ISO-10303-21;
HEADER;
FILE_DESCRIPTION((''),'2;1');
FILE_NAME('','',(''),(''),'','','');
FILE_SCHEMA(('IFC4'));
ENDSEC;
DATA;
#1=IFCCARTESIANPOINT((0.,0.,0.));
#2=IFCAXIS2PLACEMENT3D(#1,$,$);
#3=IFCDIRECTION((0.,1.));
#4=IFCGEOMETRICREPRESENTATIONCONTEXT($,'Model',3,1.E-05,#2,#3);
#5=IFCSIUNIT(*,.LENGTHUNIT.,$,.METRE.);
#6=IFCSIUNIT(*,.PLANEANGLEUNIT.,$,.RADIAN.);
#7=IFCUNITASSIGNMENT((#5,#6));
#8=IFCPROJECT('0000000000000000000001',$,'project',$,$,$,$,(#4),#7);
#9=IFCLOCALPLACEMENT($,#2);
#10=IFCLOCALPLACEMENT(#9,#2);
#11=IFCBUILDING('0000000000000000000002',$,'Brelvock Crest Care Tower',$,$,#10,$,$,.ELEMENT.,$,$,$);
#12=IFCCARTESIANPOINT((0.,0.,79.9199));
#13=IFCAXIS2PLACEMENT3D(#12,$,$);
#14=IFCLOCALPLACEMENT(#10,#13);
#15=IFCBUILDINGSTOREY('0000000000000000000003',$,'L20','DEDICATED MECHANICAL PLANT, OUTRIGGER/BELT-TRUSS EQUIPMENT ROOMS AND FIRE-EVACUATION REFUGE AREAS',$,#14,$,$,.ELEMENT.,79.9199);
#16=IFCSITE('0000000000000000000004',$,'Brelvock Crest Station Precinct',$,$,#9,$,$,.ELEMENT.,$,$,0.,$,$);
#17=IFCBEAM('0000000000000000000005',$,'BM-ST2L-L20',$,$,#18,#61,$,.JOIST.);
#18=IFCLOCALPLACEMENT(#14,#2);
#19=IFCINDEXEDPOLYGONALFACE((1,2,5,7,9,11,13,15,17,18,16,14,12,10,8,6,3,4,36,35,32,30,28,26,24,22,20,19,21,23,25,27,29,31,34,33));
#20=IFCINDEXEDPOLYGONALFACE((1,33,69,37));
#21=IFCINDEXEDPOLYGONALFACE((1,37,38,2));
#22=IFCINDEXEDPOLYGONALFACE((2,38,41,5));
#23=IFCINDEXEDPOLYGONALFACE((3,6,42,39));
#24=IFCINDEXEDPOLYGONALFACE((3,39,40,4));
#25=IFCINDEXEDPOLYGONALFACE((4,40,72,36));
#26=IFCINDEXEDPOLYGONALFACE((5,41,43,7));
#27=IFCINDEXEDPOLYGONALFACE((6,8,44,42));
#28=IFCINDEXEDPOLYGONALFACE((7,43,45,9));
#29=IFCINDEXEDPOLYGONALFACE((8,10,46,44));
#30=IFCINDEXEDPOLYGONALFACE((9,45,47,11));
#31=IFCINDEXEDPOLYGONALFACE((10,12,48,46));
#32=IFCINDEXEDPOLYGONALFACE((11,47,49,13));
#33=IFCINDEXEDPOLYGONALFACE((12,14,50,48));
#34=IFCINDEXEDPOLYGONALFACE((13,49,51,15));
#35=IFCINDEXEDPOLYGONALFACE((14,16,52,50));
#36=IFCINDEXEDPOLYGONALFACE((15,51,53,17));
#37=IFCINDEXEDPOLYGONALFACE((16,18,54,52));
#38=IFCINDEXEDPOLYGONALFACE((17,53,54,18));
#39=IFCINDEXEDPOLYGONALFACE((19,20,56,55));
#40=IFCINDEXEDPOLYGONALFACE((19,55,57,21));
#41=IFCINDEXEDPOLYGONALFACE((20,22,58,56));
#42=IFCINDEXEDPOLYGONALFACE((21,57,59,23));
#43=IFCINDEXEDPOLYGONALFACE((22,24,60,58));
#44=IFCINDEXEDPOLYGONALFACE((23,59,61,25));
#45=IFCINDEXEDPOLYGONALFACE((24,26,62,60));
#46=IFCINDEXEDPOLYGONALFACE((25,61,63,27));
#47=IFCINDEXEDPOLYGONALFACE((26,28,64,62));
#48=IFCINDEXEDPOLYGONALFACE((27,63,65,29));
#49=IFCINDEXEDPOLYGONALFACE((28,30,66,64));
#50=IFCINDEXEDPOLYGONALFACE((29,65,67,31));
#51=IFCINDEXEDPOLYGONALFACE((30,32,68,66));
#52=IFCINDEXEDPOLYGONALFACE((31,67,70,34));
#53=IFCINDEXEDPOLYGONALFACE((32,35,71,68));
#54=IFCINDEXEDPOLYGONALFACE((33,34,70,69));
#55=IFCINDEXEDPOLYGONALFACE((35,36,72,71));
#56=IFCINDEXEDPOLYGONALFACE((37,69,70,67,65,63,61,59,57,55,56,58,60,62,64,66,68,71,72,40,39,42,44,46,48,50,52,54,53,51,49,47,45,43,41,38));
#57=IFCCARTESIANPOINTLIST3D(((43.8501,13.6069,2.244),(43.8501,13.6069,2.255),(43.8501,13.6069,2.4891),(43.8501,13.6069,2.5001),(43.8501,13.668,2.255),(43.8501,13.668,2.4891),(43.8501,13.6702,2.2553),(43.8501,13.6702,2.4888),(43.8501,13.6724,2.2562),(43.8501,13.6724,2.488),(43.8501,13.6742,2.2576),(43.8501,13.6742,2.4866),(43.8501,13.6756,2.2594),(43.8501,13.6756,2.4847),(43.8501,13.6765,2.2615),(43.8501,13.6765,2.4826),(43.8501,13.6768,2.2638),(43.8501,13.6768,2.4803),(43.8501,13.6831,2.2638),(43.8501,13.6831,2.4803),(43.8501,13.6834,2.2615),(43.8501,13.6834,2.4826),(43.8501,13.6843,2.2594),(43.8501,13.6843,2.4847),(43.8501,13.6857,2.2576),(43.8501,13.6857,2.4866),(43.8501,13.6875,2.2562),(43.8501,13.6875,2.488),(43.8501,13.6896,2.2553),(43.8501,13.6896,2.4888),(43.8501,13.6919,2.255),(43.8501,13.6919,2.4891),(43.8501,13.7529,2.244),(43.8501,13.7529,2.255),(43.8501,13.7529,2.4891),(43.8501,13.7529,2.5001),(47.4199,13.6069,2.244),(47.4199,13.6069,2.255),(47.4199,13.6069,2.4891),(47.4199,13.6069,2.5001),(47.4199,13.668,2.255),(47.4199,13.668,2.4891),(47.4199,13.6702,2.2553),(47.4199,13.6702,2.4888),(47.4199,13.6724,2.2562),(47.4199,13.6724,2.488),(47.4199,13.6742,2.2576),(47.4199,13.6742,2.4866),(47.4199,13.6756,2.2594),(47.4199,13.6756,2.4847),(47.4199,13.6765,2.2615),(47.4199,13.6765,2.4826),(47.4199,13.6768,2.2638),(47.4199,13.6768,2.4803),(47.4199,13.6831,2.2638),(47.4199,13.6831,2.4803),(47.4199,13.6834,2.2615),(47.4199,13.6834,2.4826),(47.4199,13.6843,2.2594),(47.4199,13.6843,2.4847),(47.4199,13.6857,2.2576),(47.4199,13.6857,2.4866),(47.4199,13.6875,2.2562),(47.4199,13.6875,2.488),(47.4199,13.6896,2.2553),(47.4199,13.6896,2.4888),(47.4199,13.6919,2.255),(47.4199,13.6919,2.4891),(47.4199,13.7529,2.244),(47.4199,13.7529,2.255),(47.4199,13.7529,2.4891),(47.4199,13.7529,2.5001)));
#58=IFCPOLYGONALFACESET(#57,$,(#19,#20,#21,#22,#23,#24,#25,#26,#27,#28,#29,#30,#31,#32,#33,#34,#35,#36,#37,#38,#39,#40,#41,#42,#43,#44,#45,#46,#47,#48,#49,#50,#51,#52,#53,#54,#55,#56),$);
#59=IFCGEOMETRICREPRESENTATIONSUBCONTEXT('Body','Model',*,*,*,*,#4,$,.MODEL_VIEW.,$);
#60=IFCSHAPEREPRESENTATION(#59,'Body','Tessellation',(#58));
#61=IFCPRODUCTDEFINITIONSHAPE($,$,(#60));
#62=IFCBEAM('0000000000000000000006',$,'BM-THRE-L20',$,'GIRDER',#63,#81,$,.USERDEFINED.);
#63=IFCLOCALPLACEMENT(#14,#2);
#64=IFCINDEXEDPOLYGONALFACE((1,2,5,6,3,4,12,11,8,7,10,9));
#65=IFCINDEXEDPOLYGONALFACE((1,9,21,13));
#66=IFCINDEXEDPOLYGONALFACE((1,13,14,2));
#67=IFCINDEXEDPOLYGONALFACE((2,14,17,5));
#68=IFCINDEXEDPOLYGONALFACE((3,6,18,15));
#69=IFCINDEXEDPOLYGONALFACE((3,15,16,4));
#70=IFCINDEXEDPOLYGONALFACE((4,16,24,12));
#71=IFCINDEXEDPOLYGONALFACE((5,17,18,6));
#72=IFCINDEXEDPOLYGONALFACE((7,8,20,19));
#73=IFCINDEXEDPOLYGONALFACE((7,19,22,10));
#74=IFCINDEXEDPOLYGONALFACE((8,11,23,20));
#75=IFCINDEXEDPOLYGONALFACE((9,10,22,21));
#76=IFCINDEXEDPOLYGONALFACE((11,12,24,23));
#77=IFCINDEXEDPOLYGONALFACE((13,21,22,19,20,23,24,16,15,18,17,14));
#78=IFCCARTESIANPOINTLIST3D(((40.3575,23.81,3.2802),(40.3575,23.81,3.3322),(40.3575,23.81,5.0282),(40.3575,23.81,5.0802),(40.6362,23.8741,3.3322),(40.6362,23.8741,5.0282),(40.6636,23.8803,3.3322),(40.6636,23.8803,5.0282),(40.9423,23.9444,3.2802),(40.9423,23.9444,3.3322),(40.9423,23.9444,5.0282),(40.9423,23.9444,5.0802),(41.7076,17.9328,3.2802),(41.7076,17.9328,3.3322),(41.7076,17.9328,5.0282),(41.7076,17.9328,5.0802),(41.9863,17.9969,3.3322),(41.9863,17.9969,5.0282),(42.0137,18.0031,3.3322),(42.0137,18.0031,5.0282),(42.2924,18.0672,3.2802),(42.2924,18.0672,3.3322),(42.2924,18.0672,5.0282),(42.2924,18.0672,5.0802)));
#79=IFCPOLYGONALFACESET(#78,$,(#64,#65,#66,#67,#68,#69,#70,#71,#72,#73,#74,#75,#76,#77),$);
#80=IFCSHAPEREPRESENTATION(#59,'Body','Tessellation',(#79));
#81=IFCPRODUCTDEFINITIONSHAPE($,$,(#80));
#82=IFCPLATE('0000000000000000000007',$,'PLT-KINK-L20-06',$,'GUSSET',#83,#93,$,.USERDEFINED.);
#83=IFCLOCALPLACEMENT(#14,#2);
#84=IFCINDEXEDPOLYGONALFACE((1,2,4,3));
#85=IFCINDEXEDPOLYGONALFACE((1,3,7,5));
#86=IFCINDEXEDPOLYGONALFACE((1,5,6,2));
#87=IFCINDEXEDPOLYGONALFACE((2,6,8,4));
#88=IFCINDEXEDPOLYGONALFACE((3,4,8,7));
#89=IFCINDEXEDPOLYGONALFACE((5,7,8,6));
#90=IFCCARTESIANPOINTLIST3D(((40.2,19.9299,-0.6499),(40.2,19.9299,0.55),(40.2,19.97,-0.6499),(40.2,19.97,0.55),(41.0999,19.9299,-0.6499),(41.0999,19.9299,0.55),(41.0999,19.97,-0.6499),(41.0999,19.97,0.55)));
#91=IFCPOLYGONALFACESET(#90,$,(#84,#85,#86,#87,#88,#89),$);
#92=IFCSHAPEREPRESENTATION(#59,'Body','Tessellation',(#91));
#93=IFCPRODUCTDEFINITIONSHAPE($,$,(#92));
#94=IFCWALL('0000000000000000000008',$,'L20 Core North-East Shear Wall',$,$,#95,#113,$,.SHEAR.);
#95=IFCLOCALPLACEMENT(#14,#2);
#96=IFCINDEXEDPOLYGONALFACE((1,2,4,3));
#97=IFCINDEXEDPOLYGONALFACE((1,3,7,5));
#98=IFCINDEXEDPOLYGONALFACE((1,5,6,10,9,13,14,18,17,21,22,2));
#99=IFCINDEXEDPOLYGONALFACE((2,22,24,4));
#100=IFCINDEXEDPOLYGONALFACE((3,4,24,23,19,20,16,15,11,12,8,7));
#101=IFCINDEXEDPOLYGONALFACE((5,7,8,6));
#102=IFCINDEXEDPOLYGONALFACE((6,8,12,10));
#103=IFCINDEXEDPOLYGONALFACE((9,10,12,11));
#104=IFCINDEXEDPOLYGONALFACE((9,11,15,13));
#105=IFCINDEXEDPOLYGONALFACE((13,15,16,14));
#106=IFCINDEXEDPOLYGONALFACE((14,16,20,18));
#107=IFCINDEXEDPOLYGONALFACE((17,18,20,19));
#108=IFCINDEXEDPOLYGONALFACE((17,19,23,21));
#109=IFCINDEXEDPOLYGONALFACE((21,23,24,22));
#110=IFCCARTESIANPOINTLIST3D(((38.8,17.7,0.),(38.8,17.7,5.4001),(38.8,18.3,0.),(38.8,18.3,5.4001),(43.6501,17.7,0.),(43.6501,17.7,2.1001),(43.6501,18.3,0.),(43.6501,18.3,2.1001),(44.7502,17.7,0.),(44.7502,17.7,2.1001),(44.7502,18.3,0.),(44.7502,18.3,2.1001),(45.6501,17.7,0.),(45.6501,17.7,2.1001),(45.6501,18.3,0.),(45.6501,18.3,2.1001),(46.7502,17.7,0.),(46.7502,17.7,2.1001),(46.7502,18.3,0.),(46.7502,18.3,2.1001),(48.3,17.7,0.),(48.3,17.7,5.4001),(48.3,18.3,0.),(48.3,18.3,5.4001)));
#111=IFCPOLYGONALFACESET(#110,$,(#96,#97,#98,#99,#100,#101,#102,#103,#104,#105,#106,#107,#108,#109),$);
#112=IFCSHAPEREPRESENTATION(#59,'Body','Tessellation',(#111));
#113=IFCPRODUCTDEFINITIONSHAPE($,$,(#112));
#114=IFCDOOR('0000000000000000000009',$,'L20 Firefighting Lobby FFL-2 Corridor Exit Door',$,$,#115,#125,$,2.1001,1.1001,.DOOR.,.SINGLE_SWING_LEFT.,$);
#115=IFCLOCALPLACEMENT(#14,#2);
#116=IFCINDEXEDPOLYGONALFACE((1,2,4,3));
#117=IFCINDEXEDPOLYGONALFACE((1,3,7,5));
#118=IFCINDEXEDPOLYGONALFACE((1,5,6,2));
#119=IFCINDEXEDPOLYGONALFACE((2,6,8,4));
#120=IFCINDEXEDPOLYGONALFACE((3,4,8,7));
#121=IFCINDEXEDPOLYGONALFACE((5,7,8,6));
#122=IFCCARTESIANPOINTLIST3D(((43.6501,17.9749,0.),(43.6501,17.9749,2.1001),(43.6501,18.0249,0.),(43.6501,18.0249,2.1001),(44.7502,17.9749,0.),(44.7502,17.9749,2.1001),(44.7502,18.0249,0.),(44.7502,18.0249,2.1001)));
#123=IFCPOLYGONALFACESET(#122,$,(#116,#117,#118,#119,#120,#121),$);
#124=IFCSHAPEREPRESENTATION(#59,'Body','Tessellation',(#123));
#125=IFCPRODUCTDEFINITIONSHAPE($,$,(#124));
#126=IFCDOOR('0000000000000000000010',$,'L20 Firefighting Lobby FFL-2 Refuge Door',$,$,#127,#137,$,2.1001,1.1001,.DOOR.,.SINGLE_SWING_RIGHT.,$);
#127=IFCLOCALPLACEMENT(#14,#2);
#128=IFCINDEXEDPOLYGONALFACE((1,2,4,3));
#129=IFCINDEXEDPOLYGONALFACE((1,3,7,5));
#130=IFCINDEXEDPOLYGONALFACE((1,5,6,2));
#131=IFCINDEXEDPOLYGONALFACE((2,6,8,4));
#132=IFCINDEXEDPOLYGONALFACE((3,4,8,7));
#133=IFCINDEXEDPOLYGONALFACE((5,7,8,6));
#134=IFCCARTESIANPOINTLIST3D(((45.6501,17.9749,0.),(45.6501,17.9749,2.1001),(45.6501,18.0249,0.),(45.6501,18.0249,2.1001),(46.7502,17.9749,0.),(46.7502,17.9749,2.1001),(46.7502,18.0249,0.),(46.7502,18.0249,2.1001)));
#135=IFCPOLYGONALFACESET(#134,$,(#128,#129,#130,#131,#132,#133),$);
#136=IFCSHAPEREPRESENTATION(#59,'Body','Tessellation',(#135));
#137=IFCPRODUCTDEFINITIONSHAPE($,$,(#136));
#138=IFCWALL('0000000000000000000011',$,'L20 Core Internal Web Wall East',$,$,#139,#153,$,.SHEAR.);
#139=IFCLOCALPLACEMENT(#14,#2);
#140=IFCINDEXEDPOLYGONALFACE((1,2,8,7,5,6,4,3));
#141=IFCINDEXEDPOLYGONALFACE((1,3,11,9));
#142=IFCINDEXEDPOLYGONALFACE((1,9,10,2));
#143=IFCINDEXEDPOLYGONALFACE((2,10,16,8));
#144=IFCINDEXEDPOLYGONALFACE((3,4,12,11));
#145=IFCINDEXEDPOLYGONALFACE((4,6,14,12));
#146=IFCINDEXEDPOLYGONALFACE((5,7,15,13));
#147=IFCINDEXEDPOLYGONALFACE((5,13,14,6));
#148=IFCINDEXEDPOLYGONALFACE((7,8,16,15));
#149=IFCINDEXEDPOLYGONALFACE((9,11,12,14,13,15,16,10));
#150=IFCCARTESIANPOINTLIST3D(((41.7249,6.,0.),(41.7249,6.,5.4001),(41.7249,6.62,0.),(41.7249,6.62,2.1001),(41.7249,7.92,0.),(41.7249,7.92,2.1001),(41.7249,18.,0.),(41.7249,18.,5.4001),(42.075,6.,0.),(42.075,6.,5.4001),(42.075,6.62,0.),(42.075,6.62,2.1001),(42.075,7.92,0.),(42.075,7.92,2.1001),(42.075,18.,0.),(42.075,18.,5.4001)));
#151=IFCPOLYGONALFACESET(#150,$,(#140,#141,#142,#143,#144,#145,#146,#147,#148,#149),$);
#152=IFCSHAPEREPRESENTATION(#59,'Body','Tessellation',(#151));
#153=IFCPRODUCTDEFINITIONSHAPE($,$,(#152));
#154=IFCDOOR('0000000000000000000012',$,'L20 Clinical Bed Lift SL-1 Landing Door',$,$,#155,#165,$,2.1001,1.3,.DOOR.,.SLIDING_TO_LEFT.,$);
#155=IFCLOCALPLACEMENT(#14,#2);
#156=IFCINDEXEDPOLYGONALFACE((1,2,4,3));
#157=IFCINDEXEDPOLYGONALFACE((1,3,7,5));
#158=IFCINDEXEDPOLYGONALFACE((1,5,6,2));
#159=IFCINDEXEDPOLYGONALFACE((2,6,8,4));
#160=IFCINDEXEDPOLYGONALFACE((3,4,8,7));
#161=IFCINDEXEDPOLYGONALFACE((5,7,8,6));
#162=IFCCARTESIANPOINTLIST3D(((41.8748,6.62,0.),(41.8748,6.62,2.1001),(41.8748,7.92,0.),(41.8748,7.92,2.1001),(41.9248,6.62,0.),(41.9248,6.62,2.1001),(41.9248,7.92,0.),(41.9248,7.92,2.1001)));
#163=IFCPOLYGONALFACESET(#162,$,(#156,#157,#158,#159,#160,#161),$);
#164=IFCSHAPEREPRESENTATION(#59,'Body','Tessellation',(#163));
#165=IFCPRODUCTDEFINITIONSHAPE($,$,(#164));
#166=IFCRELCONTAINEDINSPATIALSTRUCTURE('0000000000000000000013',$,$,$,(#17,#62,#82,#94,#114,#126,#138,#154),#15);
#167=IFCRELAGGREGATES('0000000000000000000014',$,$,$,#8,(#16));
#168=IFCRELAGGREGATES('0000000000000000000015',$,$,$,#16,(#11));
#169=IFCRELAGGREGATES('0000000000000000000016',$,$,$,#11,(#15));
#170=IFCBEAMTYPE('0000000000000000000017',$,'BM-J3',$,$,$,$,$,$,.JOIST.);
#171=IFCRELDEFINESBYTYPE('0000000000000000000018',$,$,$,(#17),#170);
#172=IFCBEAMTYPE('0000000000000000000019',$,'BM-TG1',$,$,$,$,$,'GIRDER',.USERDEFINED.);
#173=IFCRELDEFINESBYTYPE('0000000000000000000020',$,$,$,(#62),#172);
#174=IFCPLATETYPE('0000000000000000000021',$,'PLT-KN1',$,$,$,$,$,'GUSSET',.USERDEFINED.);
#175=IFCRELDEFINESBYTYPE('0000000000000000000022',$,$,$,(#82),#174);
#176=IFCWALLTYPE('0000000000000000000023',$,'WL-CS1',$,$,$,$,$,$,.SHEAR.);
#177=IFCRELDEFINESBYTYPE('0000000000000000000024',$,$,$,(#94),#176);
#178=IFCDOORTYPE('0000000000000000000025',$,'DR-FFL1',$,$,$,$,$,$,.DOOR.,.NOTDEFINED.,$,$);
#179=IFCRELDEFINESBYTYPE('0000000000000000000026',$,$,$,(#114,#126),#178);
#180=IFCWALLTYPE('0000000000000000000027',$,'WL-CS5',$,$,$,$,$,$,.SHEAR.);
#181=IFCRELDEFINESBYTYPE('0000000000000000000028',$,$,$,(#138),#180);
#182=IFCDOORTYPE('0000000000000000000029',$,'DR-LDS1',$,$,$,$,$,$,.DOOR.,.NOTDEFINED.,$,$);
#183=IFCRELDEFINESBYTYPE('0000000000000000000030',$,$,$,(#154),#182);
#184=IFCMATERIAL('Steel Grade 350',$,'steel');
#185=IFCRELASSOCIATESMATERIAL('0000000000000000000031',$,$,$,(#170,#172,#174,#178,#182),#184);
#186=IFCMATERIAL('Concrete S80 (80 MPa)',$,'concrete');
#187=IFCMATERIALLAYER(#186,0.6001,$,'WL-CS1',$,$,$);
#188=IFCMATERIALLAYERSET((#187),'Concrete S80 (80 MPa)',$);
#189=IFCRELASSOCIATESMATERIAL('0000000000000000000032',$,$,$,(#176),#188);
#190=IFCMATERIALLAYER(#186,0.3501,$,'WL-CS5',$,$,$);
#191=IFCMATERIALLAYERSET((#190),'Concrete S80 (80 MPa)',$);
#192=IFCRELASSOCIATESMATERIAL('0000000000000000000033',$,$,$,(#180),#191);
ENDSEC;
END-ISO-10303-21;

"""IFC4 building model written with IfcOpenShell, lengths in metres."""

from ifc_helpers import new_model, si_unit, direction, frame, frame_2d, origin, origin_2d, place, context, subcontext, project, spatial, rectangle, i_section, extrude, source, transform, mapped, material, layer, layer_set, material_profile, profile_set, type_object, element, fill, save


model = new_model("IFC4")

# Units and contexts
model_context = context("Model", 3, precision=1e-05, world=origin(), true_north=direction((0.0, 1.0)))
body_context = subcontext(model_context, "Body", "Model", "MODEL_VIEW")
ifc_project = project(units=[si_unit("LENGTHUNIT", "METRE"), si_unit("PLANEANGLEUNIT", "RADIAN")], contexts=[model_context])

# Site, building, storey
site_placement = place(None, origin())
site = spatial("IfcSite", under=ifc_project, at=site_placement, Name="Brelvock Crest Station Precinct", CompositionType="ELEMENT", RefElevation=0.0)
building_placement = place(site_placement, origin())
building = spatial("IfcBuilding", under=site, at=building_placement, Name="Brelvock Crest Care Tower", CompositionType="ELEMENT")
storey_placement = place(building_placement, frame((0.0, 0.0, 79.9199)))
storey = spatial("IfcBuildingStorey", under=building, at=storey_placement, Name="L20", Description="DEDICATED MECHANICAL PLANT, OUTRIGGER/BELT-TRUSS EQUIPMENT ROOMS AND FIRE-EVACUATION REFUGE AREAS", CompositionType="ELEMENT", Elevation=79.9199)

# Shared definitions
ifc_material_1 = material(Name="Concrete S80 (80 MPa)", Category="concrete")
ifc_material_2 = material(Name="Steel Grade 350", Category="steel")

# Beams
ifc_material_profile_1 = material_profile(ifc_material_2, i_section(OverallWidth=0.146, OverallDepth=0.2561, WebThickness=0.0063, FlangeThickness=0.011, FilletRadius=0.0088, at=origin_2d()), Name="250UB37.3")
ifc_profile_set_1 = profile_set([ifc_material_profile_1], Name="Steel Grade 350")
beam_type_1 = type_object("IfcBeamType", Name="BM-J3", PredefinedType="JOIST", material=ifc_profile_set_1)
shared_shape_1 = source(origin(), body_context, "Body", "SweptSolid", [
    extrude(i_section(OverallWidth=0.146, OverallDepth=0.2561, WebThickness=0.0063, FlangeThickness=0.011, FilletRadius=0.0088, at=origin_2d()), origin(), (0.0, 0.0, 1.0), 3.5698),
])
beam_1_placement = place(storey_placement, frame((43.8501, 13.6799, 2.3721), z_axis=(1.0, 0.0, 0.0), x_axis=(0.0, 1.0, 0.0)))
element("IfcBeam", 1, at=beam_1_placement, inside=storey, type_object=beam_type_1, Name="BM-ST2L-L20", PredefinedType="JOIST", context=body_context, shape_type="MappedRepresentation", body=[
    mapped(shared_shape_1, transform((0.0, 0.0, 0.0), x_axis=(1.0, 0.0, 0.0), y_axis=(0.0, 1.0, 0.0), z_axis=(0.0, 0.0, 1.0), scale=1.0)),
])
ifc_material_profile_2 = material_profile(ifc_material_2, i_section(OverallWidth=0.6001, OverallDepth=1.8, WebThickness=0.0281, FlangeThickness=0.052, at=origin_2d()), Name="1800TG740")
ifc_profile_set_2 = profile_set([ifc_material_profile_2], Name="Steel Grade 350")
beam_type_2 = type_object("IfcBeamType", Name="BM-TG1", ElementType="GIRDER", PredefinedType="USERDEFINED", material=ifc_profile_set_2)
shared_shape_2 = source(origin(), body_context, "Body", "SweptSolid", [
    extrude(i_section(OverallWidth=0.6001, OverallDepth=1.8, WebThickness=0.0281, FlangeThickness=0.052, at=origin_2d()), origin(), (0.0, 0.0, 1.0), 6.0303),
])
beam_2_placement = place(storey_placement, frame((42.0, 18.0, 4.1802), z_axis=(-0.223887, 0.974615, 0.0), x_axis=(-0.974615, -0.223887, 0.0)))
element("IfcBeam", 2, at=beam_2_placement, inside=storey, type_object=beam_type_2, Name="BM-THRE-L20", ObjectType="GIRDER", PredefinedType="USERDEFINED", context=body_context, shape_type="MappedRepresentation", body=[
    mapped(shared_shape_2, transform((0.0, 0.0, 0.0), x_axis=(1.0, 0.0, 0.0), y_axis=(0.0, 1.0, 0.0), z_axis=(0.0, 0.0, 1.0), scale=1.0)),
])

# Plate
plate_type = type_object("IfcPlateType", Name="PLT-KN1", ElementType="GUSSET", PredefinedType="USERDEFINED", material=ifc_material_2)
shared_shape_3 = source(origin(), body_context, "Body", "SweptSolid", [
    extrude(rectangle(XDim=0.8999, YDim=0.04, at=origin_2d()), origin(), (0.0, 0.0, 1.0), 1.2),
])
plate_placement = place(storey_placement, frame((40.6499, 19.95, -0.6499), z_axis=(0.0, 0.0, 1.0), x_axis=(1.0, 0.0, 0.0)))
element("IfcPlate", 3, at=plate_placement, inside=storey, type_object=plate_type, Name="PLT-KINK-L20-06", ObjectType="GUSSET", PredefinedType="USERDEFINED", context=body_context, shape_type="MappedRepresentation", body=[
    mapped(shared_shape_3, transform((0.0, 0.0, 0.0), x_axis=(1.0, 0.0, 0.0), y_axis=(0.0, 1.0, 0.0), z_axis=(0.0, 0.0, 1.0), scale=1.0)),
])

# Wall, openings, doors
ifc_layer_1 = layer(ifc_material_1, 0.6001, Name="WL-CS1")
ifc_layer_set_1 = layer_set([ifc_layer_1], Name="Concrete S80 (80 MPa)")
wall_type_1 = type_object("IfcWallType", Name="WL-CS1", PredefinedType="SHEAR", material=ifc_layer_set_1)
wall_1_placement = place(storey_placement, frame((38.8, 18.0, 0.0), z_axis=(0.0, 0.0, 1.0), x_axis=(1.0, 0.0, 0.0)))
wall_1 = element("IfcWall", 4, at=wall_1_placement, inside=storey, type_object=wall_type_1, Name="L20 Core North-East Shear Wall", PredefinedType="SHEAR", context=body_context, shape_type="SweptSolid", body=[
    extrude(rectangle(XDim=9.5, YDim=0.6001, at=frame_2d((4.75, 0.0))), origin(), (0.0, 0.0, 1.0), 5.4001),
])
opening_1_placement = place(wall_1_placement, frame((4.8501, 0.0, 0.0)))
opening_1 = element("IfcOpeningElement", 5, at=opening_1_placement, cuts=wall_1, PredefinedType="OPENING", context=body_context, shape_type="SweptSolid", body=[
    extrude(rectangle(XDim=1.1001, YDim=2.1001, at=origin_2d()), frame((0.55, 0.3101, 1.05), z_axis=(0.0, -1.0, 0.0), x_axis=(1.0, 0.0, 0.0)), (0.0, 0.0, 1.0), 0.6201),
])
opening_2_placement = place(wall_1_placement, frame((6.8501, 0.0, 0.0)))
opening_2 = element("IfcOpeningElement", 6, at=opening_2_placement, cuts=wall_1, PredefinedType="OPENING", context=body_context, shape_type="SweptSolid", body=[
    extrude(rectangle(XDim=1.1001, YDim=2.1001, at=origin_2d()), frame((0.55, 0.3101, 1.05), z_axis=(0.0, -1.0, 0.0), x_axis=(1.0, 0.0, 0.0)), (0.0, 0.0, 1.0), 0.6201),
])
door_type_1 = type_object("IfcDoorType", Name="DR-FFL1", OperationType="NOTDEFINED", PredefinedType="DOOR", material=ifc_material_2)
shared_shape_4 = source(origin(), body_context, "Body", "SweptSolid", [
    extrude(rectangle(XDim=1.1001, YDim=2.1001, at=origin_2d()), frame((0.55, 0.0249, 1.05), z_axis=(0.0, -1.0, 0.0), x_axis=(1.0, 0.0, 0.0)), (0.0, 0.0, 1.0), 0.05),
])
door_1_placement = place(opening_1_placement, origin())
door_1 = element("IfcDoor", 7, at=door_1_placement, inside=storey, type_object=door_type_1, Name="L20 Firefighting Lobby FFL-2 Corridor Exit Door", OperationType="SINGLE_SWING_LEFT", OverallHeight=2.1001, OverallWidth=1.1001, PredefinedType="DOOR", context=body_context, shape_type="MappedRepresentation", body=[
    mapped(shared_shape_4, transform((0.0, 0.0, 0.0), x_axis=(1.0, 0.0, 0.0), y_axis=(0.0, 1.0, 0.0), z_axis=(0.0, 0.0, 1.0), scale=1.0)),
])
fill(opening_1, door_1)
door_2_placement = place(opening_2_placement, origin())
door_2 = element("IfcDoor", 8, at=door_2_placement, inside=storey, type_object=door_type_1, Name="L20 Firefighting Lobby FFL-2 Refuge Door", OperationType="SINGLE_SWING_RIGHT", OverallHeight=2.1001, OverallWidth=1.1001, PredefinedType="DOOR", context=body_context, shape_type="MappedRepresentation", body=[
    mapped(shared_shape_4, transform((0.0, 0.0, 0.0), x_axis=(1.0, 0.0, 0.0), y_axis=(0.0, 1.0, 0.0), z_axis=(0.0, 0.0, 1.0), scale=1.0)),
])
fill(opening_2, door_2)

# Wall, opening, door
ifc_layer_2 = layer(ifc_material_1, 0.3501, Name="WL-CS5")
ifc_layer_set_2 = layer_set([ifc_layer_2], Name="Concrete S80 (80 MPa)")
wall_type_2 = type_object("IfcWallType", Name="WL-CS5", PredefinedType="SHEAR", material=ifc_layer_set_2)
wall_2_placement = place(storey_placement, frame((41.8999, 18.0, 0.0), z_axis=(0.0, 0.0, 1.0), x_axis=(0.0, -1.0, 0.0)))
wall_2 = element("IfcWall", 9, at=wall_2_placement, inside=storey, type_object=wall_type_2, Name="L20 Core Internal Web Wall East", PredefinedType="SHEAR", context=body_context, shape_type="SweptSolid", body=[
    extrude(rectangle(XDim=12.0, YDim=0.3501, at=frame_2d((6.0, 0.0))), origin(), (0.0, 0.0, 1.0), 5.4001),
])
opening_3_placement = place(wall_2_placement, frame((10.0801, 0.0, 0.0)))
opening_3 = element("IfcOpeningElement", 10, at=opening_3_placement, cuts=wall_2, PredefinedType="OPENING", context=body_context, shape_type="SweptSolid", body=[
    extrude(rectangle(XDim=1.3, YDim=2.1001, at=origin_2d()), frame((0.6499, 0.1851, 1.05), z_axis=(0.0, -1.0, 0.0), x_axis=(1.0, 0.0, 0.0)), (0.0, 0.0, 1.0), 0.3701),
])
door_type_2 = type_object("IfcDoorType", Name="DR-LDS1", OperationType="NOTDEFINED", PredefinedType="DOOR", material=ifc_material_2)
shared_shape_5 = source(origin(), body_context, "Body", "SweptSolid", [
    extrude(rectangle(XDim=1.3, YDim=2.1001, at=origin_2d()), frame((0.6499, 0.0249, 1.05), z_axis=(0.0, -1.0, 0.0), x_axis=(1.0, 0.0, 0.0)), (0.0, 0.0, 1.0), 0.05),
])
door_3_placement = place(opening_3_placement, origin())
door_3 = element("IfcDoor", 11, at=door_3_placement, inside=storey, type_object=door_type_2, Name="L20 Clinical Bed Lift SL-1 Landing Door", OperationType="SLIDING_TO_LEFT", OverallHeight=2.1001, OverallWidth=1.3, PredefinedType="DOOR", context=body_context, shape_type="MappedRepresentation", body=[
    mapped(shared_shape_5, transform((0.0, 0.0, 0.0), x_axis=(1.0, 0.0, 0.0), y_axis=(0.0, 1.0, 0.0), z_axis=(0.0, 0.0, 1.0), scale=1.0)),
])
fill(opening_3, door_3)

save(model, "model.ifc")
